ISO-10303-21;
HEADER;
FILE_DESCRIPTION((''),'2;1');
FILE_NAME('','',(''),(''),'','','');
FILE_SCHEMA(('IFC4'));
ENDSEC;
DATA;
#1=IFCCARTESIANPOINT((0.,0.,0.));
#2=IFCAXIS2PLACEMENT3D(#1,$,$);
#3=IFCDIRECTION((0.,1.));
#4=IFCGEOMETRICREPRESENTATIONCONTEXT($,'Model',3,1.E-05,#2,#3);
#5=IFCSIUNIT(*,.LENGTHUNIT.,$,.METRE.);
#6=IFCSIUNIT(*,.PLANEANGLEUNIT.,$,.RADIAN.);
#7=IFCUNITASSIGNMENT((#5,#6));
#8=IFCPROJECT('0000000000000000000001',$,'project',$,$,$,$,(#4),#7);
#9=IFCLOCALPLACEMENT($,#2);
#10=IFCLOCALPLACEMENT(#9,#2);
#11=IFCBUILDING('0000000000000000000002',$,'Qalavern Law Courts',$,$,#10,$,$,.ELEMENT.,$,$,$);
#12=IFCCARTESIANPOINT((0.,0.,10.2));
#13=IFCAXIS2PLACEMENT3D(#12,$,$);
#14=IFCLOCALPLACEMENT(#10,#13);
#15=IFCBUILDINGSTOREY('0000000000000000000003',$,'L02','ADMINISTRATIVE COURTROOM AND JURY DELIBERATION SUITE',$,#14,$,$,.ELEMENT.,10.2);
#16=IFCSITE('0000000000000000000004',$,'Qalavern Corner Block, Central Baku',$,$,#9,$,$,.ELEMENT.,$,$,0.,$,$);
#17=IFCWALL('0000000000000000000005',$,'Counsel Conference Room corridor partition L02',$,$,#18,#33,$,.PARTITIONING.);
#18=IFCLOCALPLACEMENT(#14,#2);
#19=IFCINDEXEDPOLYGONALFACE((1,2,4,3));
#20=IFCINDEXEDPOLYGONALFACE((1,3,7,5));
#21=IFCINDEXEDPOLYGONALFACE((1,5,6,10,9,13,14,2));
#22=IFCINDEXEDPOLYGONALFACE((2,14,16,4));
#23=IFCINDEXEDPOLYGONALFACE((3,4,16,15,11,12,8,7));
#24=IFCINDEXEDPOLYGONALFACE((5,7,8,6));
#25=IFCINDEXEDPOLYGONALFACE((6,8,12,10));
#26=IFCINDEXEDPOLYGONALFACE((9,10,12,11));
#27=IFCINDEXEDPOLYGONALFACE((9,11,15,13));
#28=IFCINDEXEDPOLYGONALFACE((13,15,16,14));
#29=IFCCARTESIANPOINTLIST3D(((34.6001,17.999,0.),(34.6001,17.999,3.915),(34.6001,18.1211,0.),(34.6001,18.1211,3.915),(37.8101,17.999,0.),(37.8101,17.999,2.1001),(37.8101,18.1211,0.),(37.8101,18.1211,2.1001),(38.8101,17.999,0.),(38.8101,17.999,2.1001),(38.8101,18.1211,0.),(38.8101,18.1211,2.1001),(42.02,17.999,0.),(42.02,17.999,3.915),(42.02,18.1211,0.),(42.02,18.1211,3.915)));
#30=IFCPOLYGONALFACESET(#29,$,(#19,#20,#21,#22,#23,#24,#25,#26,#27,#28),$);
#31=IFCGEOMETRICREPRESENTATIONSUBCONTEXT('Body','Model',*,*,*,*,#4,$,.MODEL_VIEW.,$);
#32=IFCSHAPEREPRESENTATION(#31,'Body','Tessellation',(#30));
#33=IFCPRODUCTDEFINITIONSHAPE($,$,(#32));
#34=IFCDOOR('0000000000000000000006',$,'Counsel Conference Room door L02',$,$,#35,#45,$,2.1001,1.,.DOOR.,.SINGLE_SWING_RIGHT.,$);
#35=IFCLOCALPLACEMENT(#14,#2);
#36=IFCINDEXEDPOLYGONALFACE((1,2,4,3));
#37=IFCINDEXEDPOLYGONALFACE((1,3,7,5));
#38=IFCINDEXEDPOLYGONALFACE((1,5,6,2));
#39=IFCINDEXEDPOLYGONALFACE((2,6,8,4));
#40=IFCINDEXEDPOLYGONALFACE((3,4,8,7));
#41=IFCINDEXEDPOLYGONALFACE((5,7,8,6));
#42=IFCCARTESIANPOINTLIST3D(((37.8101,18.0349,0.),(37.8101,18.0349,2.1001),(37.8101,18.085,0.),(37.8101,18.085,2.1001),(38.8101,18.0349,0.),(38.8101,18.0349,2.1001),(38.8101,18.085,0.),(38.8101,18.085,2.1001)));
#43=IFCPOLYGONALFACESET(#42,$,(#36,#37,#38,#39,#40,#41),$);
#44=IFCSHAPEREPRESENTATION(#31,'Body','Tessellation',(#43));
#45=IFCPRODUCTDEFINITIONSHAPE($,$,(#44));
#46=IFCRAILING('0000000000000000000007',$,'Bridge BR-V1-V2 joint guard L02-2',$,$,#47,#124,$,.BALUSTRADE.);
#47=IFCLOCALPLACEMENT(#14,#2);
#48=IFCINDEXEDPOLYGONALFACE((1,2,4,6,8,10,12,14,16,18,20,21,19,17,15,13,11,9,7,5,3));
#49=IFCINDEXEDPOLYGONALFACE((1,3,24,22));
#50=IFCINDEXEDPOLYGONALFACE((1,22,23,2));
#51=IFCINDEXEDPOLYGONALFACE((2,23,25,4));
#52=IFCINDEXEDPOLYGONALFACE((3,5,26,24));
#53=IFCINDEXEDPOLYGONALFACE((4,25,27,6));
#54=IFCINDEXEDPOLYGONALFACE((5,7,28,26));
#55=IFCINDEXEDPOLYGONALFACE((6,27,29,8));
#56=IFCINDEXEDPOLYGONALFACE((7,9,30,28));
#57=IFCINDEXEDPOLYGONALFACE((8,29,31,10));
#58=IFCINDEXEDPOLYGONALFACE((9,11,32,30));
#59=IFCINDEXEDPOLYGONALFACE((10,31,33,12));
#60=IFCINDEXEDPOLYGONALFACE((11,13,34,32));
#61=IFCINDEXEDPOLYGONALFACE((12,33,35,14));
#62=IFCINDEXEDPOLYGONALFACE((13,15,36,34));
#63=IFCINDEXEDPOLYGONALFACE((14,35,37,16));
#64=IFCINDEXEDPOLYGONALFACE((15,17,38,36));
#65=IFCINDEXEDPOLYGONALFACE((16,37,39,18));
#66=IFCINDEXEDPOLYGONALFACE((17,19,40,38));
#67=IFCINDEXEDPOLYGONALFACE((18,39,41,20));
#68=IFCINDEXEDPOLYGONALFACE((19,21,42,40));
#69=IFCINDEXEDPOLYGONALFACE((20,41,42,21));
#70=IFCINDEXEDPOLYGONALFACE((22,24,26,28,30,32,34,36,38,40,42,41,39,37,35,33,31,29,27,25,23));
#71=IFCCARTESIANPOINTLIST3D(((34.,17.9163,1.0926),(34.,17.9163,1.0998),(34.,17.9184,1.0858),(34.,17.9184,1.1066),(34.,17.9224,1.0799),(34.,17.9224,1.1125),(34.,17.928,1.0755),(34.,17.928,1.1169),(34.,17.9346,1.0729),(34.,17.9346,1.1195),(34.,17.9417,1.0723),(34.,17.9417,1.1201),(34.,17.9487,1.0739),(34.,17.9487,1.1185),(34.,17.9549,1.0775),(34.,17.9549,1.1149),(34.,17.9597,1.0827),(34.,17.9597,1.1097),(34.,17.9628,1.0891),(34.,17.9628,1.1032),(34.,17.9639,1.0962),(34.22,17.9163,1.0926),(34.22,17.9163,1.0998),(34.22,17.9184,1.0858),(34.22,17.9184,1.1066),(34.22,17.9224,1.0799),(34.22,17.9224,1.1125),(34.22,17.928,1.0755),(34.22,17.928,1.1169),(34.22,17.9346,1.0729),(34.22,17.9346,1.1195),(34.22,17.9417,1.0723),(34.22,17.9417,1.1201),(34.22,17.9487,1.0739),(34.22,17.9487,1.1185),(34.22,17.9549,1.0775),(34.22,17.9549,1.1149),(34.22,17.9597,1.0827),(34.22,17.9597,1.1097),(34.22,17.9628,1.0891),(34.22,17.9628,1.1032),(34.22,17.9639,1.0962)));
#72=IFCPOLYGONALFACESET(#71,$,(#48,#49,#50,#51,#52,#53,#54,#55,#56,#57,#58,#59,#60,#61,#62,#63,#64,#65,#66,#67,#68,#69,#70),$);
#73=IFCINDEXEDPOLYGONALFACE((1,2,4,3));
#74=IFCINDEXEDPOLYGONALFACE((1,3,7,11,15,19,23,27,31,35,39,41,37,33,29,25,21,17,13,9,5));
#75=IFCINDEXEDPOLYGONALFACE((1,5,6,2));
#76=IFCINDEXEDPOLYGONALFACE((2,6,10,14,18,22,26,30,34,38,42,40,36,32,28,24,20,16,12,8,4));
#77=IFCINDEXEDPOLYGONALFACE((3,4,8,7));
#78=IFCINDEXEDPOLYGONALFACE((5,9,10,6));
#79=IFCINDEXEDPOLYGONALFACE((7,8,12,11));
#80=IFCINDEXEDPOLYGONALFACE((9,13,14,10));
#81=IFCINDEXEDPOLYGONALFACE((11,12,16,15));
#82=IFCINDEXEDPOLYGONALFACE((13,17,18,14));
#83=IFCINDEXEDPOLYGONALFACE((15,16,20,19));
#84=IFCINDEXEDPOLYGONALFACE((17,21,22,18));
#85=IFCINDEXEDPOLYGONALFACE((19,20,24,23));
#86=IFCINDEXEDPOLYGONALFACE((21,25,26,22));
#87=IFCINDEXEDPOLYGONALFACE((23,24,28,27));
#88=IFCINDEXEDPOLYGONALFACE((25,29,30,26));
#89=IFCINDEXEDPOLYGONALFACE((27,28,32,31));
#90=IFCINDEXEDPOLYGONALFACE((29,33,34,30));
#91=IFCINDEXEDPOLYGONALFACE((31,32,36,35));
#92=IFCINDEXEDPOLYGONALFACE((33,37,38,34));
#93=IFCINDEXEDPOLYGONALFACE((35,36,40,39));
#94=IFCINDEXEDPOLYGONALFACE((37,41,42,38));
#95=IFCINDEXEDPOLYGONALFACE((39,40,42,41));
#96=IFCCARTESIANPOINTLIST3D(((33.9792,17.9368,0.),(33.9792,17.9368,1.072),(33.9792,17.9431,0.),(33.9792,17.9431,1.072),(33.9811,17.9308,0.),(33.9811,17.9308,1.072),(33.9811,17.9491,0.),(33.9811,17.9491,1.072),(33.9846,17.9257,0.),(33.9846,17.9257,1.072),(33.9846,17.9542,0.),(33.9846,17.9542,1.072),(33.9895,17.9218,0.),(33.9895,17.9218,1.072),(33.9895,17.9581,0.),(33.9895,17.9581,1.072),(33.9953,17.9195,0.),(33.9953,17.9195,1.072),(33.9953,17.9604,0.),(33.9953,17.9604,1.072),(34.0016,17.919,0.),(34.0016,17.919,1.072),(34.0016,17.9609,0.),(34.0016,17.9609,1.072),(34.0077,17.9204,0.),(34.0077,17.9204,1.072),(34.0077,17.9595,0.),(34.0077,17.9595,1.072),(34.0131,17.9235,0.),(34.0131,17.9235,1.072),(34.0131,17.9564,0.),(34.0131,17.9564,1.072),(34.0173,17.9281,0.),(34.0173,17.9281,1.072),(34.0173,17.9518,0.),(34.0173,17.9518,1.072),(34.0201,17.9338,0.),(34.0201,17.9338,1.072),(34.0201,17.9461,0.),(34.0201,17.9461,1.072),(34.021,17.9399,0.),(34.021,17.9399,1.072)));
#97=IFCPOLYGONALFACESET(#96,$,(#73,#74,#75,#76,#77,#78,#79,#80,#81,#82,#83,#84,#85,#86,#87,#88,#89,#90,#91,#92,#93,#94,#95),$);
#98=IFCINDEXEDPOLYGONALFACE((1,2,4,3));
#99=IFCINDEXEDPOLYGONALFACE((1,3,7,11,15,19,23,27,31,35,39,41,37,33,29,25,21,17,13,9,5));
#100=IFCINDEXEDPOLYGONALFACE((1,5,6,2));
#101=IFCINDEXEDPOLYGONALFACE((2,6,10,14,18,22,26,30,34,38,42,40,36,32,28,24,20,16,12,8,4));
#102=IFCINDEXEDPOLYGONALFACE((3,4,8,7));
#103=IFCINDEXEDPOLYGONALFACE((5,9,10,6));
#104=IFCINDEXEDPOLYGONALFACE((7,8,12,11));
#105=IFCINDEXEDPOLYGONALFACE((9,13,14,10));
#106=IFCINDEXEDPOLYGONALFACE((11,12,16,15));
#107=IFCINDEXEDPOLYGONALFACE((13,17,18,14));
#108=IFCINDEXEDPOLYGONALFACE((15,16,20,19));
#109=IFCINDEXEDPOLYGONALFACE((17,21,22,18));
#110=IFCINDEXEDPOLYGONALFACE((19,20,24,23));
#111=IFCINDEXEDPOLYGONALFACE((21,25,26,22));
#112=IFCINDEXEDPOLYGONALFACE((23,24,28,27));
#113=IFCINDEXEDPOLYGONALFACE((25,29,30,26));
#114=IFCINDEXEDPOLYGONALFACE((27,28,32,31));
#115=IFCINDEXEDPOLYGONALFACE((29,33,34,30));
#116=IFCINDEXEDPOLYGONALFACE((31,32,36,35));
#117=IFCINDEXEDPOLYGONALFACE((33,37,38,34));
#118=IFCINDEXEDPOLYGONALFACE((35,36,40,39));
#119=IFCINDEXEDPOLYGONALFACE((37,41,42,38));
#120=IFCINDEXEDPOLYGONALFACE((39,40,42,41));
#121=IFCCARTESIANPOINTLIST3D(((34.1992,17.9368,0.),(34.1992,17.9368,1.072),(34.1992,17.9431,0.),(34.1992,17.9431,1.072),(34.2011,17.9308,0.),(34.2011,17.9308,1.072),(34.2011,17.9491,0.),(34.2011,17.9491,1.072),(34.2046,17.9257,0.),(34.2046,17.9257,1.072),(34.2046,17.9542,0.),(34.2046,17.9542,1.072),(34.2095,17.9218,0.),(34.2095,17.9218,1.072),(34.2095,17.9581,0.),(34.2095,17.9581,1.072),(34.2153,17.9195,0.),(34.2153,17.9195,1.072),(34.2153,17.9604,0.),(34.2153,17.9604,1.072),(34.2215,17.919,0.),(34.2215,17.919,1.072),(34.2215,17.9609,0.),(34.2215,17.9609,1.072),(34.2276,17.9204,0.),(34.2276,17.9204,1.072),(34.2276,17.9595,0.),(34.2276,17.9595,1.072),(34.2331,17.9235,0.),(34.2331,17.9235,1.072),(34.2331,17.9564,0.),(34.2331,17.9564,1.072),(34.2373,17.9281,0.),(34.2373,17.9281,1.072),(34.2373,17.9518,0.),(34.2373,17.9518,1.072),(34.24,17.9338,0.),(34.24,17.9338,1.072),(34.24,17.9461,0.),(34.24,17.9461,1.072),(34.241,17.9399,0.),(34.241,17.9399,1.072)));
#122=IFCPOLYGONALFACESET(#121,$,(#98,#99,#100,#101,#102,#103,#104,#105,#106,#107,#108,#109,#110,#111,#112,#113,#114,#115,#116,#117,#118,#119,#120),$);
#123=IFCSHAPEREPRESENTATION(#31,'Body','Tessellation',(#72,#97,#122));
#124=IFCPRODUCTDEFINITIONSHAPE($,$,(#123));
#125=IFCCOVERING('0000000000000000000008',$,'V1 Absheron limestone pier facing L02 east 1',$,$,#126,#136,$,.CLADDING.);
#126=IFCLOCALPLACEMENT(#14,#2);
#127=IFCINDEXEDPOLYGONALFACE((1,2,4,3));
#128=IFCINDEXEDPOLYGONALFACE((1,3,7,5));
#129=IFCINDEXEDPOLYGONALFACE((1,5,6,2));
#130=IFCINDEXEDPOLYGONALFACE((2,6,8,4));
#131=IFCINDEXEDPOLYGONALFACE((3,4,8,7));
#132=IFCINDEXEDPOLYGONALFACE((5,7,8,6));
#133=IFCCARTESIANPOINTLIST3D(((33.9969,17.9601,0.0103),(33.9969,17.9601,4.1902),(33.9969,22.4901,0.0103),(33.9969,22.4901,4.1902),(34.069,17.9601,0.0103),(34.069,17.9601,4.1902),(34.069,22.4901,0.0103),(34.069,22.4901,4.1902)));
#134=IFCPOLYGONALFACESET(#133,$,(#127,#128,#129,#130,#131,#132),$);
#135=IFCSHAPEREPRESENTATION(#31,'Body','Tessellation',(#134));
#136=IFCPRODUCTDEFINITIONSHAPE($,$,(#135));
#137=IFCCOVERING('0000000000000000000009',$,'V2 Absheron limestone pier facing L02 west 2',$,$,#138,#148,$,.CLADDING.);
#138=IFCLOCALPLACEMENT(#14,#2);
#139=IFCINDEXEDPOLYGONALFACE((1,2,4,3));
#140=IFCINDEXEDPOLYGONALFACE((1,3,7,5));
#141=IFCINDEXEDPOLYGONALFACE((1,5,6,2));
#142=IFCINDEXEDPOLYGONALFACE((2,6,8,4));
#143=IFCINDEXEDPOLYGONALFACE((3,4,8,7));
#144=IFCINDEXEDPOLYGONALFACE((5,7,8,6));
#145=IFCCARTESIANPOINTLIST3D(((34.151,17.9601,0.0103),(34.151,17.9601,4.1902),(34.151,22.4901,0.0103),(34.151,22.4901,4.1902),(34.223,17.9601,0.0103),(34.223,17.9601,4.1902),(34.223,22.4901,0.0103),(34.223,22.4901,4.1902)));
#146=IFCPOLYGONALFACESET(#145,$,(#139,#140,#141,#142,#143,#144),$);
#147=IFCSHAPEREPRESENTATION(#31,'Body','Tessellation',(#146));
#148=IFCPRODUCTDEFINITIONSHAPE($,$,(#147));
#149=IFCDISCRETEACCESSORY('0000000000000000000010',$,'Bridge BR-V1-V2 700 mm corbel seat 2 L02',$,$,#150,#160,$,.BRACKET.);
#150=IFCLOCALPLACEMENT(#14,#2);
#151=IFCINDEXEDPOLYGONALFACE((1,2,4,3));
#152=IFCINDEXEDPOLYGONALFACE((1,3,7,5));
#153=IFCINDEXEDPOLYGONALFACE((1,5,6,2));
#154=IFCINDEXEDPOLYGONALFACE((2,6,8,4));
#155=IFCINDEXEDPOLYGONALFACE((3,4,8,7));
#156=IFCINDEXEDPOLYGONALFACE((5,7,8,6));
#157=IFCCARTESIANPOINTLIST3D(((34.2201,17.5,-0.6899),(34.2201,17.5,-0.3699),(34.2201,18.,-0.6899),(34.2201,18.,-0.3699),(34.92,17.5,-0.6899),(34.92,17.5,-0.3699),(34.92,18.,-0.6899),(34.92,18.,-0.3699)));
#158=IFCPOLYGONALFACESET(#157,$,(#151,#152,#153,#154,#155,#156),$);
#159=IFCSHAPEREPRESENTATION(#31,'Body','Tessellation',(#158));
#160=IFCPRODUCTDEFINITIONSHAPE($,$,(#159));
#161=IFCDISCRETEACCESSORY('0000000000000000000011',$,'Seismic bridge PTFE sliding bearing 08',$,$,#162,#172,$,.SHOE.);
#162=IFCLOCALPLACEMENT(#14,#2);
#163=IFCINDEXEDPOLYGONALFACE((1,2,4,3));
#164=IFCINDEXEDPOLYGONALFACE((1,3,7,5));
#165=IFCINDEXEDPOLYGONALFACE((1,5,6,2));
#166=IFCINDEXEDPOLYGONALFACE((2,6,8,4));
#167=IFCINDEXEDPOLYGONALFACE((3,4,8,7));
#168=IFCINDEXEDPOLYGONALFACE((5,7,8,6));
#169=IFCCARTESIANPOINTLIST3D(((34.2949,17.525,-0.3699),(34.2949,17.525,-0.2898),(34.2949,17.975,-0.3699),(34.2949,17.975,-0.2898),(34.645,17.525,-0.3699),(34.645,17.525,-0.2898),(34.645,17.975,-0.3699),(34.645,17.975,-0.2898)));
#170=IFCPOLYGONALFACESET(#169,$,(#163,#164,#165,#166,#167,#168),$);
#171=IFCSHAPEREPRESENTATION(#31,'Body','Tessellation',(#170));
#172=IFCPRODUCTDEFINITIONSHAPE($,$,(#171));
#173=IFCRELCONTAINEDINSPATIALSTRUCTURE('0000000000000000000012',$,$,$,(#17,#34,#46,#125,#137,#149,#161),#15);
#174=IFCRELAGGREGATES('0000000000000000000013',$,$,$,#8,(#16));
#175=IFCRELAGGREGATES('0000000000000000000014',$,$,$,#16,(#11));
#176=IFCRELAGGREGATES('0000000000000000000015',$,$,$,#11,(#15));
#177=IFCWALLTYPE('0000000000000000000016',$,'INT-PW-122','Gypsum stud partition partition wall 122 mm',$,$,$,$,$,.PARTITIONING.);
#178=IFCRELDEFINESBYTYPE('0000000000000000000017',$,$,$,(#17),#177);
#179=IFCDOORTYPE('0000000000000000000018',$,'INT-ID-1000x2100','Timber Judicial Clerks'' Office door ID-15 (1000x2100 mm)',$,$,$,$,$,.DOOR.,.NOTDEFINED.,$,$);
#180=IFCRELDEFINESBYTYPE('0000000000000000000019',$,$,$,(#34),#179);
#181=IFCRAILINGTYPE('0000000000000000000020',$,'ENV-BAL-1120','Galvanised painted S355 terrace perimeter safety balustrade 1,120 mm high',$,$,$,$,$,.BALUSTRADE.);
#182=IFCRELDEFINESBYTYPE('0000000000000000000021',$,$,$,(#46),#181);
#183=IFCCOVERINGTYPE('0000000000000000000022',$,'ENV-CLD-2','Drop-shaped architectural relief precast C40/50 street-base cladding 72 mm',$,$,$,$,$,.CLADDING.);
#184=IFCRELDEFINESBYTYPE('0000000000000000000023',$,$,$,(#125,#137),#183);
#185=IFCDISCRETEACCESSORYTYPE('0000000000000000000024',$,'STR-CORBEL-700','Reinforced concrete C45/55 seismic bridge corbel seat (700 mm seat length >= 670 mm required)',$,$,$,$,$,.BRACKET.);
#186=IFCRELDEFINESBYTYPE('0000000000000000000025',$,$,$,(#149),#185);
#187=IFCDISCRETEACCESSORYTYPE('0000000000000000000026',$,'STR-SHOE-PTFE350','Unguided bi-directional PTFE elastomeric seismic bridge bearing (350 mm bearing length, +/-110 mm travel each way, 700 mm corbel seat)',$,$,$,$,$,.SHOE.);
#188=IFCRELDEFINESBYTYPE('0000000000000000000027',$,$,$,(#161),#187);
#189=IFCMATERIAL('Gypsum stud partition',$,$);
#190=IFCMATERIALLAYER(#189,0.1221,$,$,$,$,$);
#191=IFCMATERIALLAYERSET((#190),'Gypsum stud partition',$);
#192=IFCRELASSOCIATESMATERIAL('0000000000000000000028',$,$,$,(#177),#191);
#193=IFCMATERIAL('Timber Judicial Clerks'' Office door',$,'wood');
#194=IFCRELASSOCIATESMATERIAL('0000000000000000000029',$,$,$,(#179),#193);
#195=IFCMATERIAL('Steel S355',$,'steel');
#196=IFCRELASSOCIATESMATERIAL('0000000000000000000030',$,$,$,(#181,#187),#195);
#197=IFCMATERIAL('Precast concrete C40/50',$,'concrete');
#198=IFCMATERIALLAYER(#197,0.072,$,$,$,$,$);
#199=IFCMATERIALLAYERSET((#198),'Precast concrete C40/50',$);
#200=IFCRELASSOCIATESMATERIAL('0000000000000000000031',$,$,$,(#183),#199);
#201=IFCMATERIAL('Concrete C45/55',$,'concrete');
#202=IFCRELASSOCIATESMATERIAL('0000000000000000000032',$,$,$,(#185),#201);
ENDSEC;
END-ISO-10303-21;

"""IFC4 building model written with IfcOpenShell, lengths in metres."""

from ifc_helpers import new_model, si_unit, direction, frame, frame_2d, origin, origin_2d, place, context, subcontext, project, spatial, rectangle, circle, extrude, material, layer, layer_set, type_object, element, fill, save


model = new_model("IFC4")

# Units and contexts
model_context = context("Model", 3, precision=1e-05, world=origin(), true_north=direction((0.0, 1.0)))
body_context = subcontext(model_context, "Body", "Model", "MODEL_VIEW")
ifc_project = project(units=[si_unit("LENGTHUNIT", "METRE"), si_unit("PLANEANGLEUNIT", "RADIAN")], contexts=[model_context])

# Site, building, storey
site_placement = place(None, origin())
site = spatial("IfcSite", under=ifc_project, at=site_placement, Name="Qalavern Corner Block, Central Baku", CompositionType="ELEMENT", RefElevation=0.0)
building_placement = place(site_placement, origin())
building = spatial("IfcBuilding", under=site, at=building_placement, Name="Qalavern Law Courts", CompositionType="ELEMENT")
storey_placement = place(building_placement, frame((0.0, 0.0, 10.2)))
storey = spatial("IfcBuildingStorey", under=building, at=storey_placement, Name="L02", Description="ADMINISTRATIVE COURTROOM AND JURY DELIBERATION SUITE", CompositionType="ELEMENT", Elevation=10.2)

# Shared definitions
ifc_material_1 = material(Name="Concrete C45/55", Category="concrete")

# Shared definitions
ifc_material_2 = material(Name="Steel S355", Category="steel")

# Wall, opening, door
ifc_material_3 = material(Name="Gypsum stud partition")
ifc_layer_1 = layer(ifc_material_3, 0.1221)
ifc_layer_set_1 = layer_set([ifc_layer_1], Name="Gypsum stud partition")
wall_type_1 = type_object("IfcWallType", Name="INT-PW-122", Description="Gypsum stud partition partition wall 122 mm", PredefinedType="PARTITIONING", material=ifc_layer_set_1)
wall_placement = place(storey_placement, frame((34.6001, 18.0601, 0.0), z_axis=(0.0, 0.0, 1.0), x_axis=(1.0, 0.0, 0.0)))
wall = element("IfcWall", 1, at=wall_placement, inside=storey, type_object=wall_type_1, Name="Counsel Conference Room corridor partition L02", PredefinedType="PARTITIONING", context=body_context, shape_type="SweptSolid", body=[
    extrude(rectangle(XDim=7.4199, YDim=0.1221, at=frame_2d((3.71, 0.0))), origin(), (0.0, 0.0, 1.0), 3.915),
])
opening_placement = place(wall_placement, frame((3.21, 0.0, 0.0)))
opening = element("IfcOpeningElement", 2, at=opening_placement, cuts=wall, PredefinedType="OPENING", context=body_context, shape_type="SweptSolid", body=[
    extrude(rectangle(XDim=1.0, YDim=2.1001, at=frame_2d((0.5, 1.05))), frame((0.0, 0.0759, 0.0), z_axis=(0.0, -1.0, 0.0), x_axis=(1.0, 0.0, 0.0)), (0.0, 0.0, 1.0), 0.1519),
])
ifc_material_4 = material(Name="Timber Judicial Clerks' Office door", Category="wood")
door_type = type_object("IfcDoorType", Name="INT-ID-1000x2100", Description="Timber Judicial Clerks' Office door ID-15 (1000x2100 mm)", OperationType="NOTDEFINED", PredefinedType="DOOR", material=ifc_material_4)
door_placement = place(opening_placement, origin())
door = element("IfcDoor", 3, at=door_placement, inside=storey, type_object=door_type, Name="Counsel Conference Room door L02", OperationType="SINGLE_SWING_RIGHT", OverallHeight=2.1001, OverallWidth=1.0, PredefinedType="DOOR", context=body_context, shape_type="SweptSolid", body=[
    extrude(rectangle(XDim=1.0, YDim=2.1001, at=frame_2d((0.5, 1.05))), frame((0.0, 0.0249, 0.0), z_axis=(0.0, -1.0, 0.0), x_axis=(1.0, 0.0, 0.0)), (0.0, 0.0, 1.0), 0.05),
])
fill(opening, door)

# Railing
railing_type = type_object("IfcRailingType", Name="ENV-BAL-1120", Description="Galvanised painted S355 terrace perimeter safety balustrade 1,120 mm high", PredefinedType="BALUSTRADE", material=ifc_material_2)
railing_placement = place(storey_placement, frame((34.0, 17.9399, 0.0)))
element("IfcRailing", 4, at=railing_placement, inside=storey, type_object=railing_type, Name="Bridge BR-V1-V2 joint guard L02-2", PredefinedType="BALUSTRADE", context=body_context, shape_type="SweptSolid", body=[
    extrude(circle(Radius=0.0239, at=origin_2d()), frame((0.0, 0.0, 1.0962), z_axis=(1.0, 0.0, 0.0), x_axis=(0.0, 1.0, 0.0)), (0.0, 0.0, 1.0), 0.22),
    extrude(circle(Radius=0.021, at=origin_2d()), origin(), (0.0, 0.0, 1.0), 1.072),
    extrude(circle(Radius=0.021, at=origin_2d()), frame((0.22, 0.0, 0.0)), (0.0, 0.0, 1.0), 1.072),
])

# Coverings
ifc_material_5 = material(Name="Precast concrete C40/50", Category="concrete")
ifc_layer_2 = layer(ifc_material_5, 0.072)
ifc_layer_set_2 = layer_set([ifc_layer_2], Name="Precast concrete C40/50")
covering_type = type_object("IfcCoveringType", Name="ENV-CLD-2", Description="Drop-shaped architectural relief precast C40/50 street-base cladding 72 mm", PredefinedType="CLADDING", material=ifc_layer_set_2)
for number, where, z_axis, x_axis, name in (
    (5, (34.033, 20.2251, 0.0103), (0.0, 0.0, 1.0), (0.0, 1.0, 0.0), "V1 Absheron limestone pier facing L02 east 1"),
    (6, (34.187, 20.2251, 0.0103), (0.0, 0.0, 1.0), (0.0, -1.0, 0.0), "V2 Absheron limestone pier facing L02 west 2"),
):
    element("IfcCovering", number, at=place(storey_placement, frame(where, z_axis=z_axis, x_axis=x_axis)), inside=storey, type_object=covering_type, Name=name, PredefinedType="CLADDING", context=body_context, shape_type="SweptSolid", body=[
        extrude(rectangle(XDim=4.53, YDim=0.072, at=origin_2d()), origin(), (0.0, 0.0, 1.0), 4.1799),
    ])

# Discrete accessories
discrete_accessory_type_1 = type_object("IfcDiscreteAccessoryType", Name="STR-CORBEL-700", Description="Reinforced concrete C45/55 seismic bridge corbel seat (700 mm seat length >= 670 mm required)", PredefinedType="BRACKET", material=ifc_material_1)
discrete_accessory_1_placement = place(storey_placement, frame((34.5701, 17.75, -0.6899), z_axis=(0.0, 0.0, 1.0), x_axis=(1.0, 0.0, 0.0)))
element("IfcDiscreteAccessory", 7, at=discrete_accessory_1_placement, inside=storey, type_object=discrete_accessory_type_1, Name="Bridge BR-V1-V2 700 mm corbel seat 2 L02", PredefinedType="BRACKET", context=body_context, shape_type="SweptSolid", body=[
    extrude(rectangle(XDim=0.7, YDim=0.5, at=origin_2d()), origin(), (0.0, 0.0, 1.0), 0.3201),
])
discrete_accessory_type_2 = type_object("IfcDiscreteAccessoryType", Name="STR-SHOE-PTFE350", Description="Unguided bi-directional PTFE elastomeric seismic bridge bearing (350 mm bearing length, +/-110 mm travel each way, 700 mm corbel seat)", PredefinedType="SHOE", material=ifc_material_2)
discrete_accessory_2_placement = place(storey_placement, frame((34.47, 17.75, -0.3699), z_axis=(0.0, 0.0, 1.0), x_axis=(1.0, 0.0, 0.0)))
element("IfcDiscreteAccessory", 8, at=discrete_accessory_2_placement, inside=storey, type_object=discrete_accessory_type_2, Name="Seismic bridge PTFE sliding bearing 08", PredefinedType="SHOE", context=body_context, shape_type="SweptSolid", body=[
    extrude(rectangle(XDim=0.3501, YDim=0.45, at=origin_2d()), origin(), (0.0, 0.0, 1.0), 0.0801),
])

save(model, "model.ifc")
